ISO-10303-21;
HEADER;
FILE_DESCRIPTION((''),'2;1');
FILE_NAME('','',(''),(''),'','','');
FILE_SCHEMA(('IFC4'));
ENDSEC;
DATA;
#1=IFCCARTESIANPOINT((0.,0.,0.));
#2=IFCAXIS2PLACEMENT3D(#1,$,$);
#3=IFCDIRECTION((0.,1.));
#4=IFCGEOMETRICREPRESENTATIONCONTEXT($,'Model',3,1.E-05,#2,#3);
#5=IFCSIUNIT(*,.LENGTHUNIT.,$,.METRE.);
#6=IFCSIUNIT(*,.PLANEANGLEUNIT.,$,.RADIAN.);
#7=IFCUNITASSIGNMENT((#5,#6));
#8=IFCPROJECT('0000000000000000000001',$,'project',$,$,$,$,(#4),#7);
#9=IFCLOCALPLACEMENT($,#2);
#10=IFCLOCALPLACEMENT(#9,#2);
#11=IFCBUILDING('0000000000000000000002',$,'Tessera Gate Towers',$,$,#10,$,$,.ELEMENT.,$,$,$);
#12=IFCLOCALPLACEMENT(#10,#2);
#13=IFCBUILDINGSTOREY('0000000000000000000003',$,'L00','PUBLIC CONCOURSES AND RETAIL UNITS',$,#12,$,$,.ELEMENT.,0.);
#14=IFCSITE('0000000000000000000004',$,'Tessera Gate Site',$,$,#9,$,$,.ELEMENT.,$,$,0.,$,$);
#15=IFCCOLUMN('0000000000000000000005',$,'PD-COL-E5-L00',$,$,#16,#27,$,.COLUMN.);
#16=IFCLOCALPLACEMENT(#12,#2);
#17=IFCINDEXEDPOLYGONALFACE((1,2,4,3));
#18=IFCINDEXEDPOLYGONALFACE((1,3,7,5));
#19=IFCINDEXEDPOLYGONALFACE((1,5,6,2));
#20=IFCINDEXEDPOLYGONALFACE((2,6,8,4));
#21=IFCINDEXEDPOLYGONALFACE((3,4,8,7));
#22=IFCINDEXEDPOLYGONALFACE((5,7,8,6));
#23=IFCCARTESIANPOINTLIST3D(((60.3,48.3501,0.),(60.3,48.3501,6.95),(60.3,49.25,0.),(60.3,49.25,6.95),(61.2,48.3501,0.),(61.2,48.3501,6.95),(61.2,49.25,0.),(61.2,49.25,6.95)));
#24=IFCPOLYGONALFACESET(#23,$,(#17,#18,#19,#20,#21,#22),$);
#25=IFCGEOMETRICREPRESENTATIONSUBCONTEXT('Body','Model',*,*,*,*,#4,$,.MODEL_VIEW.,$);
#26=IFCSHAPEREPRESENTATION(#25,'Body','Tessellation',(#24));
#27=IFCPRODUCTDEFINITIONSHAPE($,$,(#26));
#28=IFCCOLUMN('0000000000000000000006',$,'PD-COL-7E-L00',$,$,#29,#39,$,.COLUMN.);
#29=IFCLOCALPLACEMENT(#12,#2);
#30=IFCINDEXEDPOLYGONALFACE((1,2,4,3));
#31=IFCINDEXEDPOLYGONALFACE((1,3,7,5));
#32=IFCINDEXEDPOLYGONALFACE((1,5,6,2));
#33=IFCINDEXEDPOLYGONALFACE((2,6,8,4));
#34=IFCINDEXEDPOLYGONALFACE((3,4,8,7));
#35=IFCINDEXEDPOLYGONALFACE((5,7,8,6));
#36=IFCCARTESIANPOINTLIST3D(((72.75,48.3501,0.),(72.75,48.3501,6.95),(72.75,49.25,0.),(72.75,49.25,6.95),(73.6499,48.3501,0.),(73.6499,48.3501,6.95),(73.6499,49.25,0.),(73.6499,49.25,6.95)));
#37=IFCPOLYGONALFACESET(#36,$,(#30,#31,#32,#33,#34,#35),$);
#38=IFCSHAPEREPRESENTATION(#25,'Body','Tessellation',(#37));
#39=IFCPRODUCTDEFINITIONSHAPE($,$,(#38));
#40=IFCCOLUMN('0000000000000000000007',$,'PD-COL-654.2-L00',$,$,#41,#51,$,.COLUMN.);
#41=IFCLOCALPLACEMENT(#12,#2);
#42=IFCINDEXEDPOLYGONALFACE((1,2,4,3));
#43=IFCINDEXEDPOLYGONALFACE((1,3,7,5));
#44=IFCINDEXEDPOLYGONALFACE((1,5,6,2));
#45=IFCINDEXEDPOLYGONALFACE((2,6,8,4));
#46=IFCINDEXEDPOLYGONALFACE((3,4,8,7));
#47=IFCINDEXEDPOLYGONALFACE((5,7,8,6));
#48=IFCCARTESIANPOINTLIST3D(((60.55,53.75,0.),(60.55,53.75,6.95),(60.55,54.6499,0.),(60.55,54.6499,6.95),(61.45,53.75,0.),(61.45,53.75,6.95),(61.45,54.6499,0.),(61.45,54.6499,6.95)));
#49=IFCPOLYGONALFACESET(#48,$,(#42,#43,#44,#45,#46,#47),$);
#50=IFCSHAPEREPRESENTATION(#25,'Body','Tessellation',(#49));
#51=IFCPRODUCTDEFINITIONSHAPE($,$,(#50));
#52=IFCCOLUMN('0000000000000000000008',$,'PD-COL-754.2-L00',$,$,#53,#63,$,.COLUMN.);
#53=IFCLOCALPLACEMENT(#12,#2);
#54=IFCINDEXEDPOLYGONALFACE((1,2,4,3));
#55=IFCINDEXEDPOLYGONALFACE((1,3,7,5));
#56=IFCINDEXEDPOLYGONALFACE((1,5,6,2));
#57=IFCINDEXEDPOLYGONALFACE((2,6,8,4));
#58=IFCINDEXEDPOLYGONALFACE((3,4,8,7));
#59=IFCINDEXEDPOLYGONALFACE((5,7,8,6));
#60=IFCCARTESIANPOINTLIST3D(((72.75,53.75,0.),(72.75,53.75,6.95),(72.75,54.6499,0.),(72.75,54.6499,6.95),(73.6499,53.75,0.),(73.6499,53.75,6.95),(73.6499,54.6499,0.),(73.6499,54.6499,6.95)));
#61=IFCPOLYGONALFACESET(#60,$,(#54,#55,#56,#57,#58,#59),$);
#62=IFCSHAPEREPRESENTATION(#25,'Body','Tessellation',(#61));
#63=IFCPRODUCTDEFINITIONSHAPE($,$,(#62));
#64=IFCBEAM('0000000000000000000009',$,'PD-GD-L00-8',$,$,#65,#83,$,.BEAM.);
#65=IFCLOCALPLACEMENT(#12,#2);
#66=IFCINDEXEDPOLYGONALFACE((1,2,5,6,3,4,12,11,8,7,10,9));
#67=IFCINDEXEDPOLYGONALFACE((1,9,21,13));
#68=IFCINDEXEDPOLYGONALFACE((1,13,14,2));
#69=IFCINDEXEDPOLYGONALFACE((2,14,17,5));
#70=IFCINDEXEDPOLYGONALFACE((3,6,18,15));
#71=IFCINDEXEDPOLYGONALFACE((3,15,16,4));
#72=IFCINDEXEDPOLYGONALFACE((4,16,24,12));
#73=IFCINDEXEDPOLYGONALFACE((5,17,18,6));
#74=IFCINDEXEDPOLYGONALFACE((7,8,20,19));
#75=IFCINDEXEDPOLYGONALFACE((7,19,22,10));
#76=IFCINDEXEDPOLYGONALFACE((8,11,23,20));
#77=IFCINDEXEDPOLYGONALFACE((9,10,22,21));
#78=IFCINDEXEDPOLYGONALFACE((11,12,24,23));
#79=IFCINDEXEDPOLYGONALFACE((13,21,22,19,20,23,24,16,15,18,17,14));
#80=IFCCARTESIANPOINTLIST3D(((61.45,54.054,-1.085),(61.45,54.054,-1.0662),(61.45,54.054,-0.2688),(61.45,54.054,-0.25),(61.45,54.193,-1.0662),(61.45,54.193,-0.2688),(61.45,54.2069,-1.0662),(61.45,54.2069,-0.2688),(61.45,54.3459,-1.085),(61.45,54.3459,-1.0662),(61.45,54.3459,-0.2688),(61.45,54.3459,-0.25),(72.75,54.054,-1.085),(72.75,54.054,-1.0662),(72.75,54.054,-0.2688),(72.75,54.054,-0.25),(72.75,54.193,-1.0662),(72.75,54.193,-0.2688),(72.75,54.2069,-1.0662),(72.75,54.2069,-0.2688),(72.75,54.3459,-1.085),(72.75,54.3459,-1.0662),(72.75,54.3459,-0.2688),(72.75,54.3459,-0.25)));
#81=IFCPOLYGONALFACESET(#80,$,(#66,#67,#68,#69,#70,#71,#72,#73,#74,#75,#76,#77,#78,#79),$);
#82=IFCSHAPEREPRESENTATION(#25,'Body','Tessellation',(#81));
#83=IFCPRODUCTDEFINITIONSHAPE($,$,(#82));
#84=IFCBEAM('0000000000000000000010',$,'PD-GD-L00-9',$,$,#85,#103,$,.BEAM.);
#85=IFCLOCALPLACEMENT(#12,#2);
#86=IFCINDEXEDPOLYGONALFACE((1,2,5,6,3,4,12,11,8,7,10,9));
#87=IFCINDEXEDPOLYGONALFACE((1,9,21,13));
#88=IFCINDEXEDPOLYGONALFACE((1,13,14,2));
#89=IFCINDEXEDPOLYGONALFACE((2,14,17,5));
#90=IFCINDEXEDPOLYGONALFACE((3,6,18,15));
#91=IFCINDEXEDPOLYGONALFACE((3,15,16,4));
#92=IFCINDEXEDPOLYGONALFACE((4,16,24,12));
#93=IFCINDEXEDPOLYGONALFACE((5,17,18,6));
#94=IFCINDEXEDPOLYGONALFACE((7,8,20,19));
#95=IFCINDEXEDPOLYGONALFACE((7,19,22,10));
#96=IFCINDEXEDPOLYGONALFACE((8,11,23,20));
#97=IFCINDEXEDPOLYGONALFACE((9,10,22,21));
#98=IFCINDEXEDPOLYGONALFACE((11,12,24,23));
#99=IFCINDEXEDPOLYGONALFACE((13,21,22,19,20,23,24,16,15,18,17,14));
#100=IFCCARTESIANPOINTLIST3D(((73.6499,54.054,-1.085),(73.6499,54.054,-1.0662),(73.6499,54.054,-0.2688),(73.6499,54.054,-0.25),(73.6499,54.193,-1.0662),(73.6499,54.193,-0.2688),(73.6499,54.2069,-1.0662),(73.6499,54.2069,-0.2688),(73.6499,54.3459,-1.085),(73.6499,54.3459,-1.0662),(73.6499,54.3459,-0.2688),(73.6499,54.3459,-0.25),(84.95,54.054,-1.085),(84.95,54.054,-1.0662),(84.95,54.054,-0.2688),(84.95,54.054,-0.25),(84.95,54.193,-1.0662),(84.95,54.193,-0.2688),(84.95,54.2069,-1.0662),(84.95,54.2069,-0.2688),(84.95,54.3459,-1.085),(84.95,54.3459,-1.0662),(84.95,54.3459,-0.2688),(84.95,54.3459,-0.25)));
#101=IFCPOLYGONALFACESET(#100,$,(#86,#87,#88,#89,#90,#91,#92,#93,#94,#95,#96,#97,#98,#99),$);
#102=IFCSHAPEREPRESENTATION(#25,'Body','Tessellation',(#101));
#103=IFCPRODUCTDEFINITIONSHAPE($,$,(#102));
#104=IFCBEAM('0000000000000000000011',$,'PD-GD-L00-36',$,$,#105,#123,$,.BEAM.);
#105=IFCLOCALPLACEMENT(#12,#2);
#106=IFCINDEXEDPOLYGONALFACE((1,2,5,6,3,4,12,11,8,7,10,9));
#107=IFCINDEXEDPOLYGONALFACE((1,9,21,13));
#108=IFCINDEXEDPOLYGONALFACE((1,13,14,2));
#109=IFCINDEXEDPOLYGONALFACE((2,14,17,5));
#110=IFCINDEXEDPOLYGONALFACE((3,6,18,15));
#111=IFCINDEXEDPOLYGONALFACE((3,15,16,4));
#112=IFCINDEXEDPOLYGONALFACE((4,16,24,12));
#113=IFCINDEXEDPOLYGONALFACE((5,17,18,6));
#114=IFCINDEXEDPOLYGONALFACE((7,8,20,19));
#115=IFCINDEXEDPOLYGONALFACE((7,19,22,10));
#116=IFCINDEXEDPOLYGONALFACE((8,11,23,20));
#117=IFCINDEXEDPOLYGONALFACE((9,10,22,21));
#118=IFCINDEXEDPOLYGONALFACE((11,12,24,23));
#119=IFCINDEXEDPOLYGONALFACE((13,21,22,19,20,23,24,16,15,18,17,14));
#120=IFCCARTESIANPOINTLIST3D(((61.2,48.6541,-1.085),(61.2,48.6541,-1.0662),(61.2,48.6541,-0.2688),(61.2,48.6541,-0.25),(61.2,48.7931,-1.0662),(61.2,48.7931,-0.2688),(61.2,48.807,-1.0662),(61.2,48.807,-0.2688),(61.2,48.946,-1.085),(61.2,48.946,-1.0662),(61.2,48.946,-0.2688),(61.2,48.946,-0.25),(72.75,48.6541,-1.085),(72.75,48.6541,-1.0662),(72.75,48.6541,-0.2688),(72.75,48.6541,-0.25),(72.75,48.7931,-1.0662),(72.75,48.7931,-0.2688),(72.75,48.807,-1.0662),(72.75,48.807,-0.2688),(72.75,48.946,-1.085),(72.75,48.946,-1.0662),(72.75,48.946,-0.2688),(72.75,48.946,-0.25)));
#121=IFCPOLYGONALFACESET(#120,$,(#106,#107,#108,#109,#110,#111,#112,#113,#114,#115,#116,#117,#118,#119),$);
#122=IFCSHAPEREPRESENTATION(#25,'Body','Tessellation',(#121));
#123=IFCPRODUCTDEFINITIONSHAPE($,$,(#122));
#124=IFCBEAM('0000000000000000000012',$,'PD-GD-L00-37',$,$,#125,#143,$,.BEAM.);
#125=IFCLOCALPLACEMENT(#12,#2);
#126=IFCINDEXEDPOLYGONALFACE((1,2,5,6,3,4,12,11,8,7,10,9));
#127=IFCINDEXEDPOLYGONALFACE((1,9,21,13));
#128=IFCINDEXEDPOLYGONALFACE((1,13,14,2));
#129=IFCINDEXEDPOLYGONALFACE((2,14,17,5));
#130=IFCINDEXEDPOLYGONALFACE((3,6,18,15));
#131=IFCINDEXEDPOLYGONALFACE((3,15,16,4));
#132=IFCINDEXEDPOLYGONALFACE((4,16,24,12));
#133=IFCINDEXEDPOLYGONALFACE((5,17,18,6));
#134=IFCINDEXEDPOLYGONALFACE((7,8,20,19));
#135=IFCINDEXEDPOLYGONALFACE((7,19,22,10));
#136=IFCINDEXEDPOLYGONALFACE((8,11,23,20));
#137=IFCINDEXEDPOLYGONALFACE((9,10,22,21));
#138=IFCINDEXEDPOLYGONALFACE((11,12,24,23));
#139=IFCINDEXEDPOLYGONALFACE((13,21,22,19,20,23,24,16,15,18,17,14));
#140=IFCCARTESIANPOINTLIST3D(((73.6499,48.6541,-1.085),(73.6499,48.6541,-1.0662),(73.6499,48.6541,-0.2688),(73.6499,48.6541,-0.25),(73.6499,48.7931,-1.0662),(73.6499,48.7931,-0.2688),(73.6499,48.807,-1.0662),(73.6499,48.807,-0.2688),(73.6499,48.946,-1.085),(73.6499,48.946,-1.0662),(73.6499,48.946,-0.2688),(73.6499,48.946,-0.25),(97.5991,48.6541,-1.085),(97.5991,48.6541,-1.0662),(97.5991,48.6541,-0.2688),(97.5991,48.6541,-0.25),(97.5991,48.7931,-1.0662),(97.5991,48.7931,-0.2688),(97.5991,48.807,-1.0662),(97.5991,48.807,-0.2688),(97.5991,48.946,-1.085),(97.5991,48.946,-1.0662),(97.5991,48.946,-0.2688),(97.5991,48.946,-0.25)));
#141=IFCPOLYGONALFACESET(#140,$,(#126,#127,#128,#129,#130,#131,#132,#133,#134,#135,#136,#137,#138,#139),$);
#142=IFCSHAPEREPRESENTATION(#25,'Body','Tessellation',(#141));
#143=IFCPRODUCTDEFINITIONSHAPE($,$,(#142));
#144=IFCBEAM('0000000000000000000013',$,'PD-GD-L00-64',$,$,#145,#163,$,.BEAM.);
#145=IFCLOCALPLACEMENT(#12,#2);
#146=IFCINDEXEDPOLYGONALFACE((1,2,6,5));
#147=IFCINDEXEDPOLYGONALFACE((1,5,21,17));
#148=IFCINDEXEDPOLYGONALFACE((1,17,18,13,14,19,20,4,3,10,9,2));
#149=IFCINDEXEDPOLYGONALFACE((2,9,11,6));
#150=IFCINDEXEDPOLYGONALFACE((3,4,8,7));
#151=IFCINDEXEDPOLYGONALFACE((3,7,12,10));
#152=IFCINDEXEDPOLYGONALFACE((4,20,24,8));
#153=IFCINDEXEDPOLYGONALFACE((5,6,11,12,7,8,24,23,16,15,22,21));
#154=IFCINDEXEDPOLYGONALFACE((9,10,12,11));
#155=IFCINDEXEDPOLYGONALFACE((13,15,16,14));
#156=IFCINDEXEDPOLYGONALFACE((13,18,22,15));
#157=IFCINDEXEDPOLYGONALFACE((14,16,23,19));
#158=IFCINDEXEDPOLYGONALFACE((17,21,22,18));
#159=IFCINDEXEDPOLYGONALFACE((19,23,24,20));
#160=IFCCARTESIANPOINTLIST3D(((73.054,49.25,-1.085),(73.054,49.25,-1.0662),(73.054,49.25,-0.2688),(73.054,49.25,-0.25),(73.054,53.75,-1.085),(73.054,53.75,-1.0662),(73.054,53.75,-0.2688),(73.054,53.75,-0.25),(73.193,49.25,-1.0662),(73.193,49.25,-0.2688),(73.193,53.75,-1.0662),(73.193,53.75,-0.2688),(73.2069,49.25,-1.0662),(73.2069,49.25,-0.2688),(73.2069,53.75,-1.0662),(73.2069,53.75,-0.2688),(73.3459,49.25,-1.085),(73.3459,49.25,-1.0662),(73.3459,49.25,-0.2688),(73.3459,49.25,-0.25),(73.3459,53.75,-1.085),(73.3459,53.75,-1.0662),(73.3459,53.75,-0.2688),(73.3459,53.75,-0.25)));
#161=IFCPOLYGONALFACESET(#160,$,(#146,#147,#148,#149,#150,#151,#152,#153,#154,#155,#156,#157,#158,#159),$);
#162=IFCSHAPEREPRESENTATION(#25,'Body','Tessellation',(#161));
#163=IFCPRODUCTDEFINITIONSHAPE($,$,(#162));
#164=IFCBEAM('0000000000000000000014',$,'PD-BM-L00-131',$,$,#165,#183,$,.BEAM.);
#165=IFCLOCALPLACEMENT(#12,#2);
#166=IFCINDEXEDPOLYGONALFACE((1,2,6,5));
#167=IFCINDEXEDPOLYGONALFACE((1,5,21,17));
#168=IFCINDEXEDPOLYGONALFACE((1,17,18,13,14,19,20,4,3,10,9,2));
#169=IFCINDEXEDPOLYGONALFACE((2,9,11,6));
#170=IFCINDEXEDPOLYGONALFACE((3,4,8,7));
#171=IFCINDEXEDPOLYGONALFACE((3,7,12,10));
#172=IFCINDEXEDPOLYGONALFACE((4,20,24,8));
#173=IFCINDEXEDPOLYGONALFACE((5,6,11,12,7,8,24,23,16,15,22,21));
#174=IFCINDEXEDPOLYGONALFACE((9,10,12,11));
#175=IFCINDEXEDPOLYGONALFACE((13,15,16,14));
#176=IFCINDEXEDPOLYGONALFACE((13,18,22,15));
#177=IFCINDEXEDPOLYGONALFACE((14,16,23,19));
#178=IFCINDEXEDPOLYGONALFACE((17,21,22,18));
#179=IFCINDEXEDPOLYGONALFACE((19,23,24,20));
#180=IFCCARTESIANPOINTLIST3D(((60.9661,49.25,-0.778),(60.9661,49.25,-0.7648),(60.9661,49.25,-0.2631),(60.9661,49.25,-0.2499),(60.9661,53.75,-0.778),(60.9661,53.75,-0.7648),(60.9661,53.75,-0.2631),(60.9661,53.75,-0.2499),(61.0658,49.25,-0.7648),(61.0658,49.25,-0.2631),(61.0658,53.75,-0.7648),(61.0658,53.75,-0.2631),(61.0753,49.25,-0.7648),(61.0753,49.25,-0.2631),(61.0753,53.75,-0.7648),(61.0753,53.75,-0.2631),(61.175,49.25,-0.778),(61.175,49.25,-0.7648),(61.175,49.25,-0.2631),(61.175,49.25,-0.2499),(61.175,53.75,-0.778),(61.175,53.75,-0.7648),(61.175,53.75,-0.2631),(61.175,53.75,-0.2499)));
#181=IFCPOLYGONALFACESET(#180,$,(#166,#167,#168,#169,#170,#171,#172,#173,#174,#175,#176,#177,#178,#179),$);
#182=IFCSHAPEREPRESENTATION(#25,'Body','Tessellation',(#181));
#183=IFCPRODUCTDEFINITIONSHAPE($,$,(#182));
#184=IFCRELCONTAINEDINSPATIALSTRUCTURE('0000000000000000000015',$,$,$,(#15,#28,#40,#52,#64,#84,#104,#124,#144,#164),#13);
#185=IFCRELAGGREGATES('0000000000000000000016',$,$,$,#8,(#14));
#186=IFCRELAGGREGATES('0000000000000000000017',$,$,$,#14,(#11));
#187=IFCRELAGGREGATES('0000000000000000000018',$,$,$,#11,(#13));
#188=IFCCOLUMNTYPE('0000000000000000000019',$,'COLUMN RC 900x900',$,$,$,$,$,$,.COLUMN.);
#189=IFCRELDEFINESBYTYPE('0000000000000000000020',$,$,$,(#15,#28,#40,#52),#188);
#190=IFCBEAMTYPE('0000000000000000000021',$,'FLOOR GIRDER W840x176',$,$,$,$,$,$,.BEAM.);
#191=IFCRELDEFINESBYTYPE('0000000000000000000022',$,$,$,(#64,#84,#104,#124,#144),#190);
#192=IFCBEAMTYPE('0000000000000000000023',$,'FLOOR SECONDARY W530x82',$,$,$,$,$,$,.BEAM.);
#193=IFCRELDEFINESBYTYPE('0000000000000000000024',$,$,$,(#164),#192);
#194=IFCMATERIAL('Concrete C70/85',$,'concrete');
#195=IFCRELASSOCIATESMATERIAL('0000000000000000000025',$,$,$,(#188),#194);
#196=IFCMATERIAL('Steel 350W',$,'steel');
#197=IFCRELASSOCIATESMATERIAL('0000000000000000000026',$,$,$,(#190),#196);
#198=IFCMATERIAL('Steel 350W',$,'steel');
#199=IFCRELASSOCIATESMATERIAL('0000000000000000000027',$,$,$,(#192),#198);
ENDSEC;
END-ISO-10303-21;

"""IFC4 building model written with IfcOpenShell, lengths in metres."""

from ifc_helpers import new_model, si_unit, direction, frame, origin, origin_2d, place, context, subcontext, project, spatial, rectangle, i_section, extrude, material, material_profile, profile_set, type_object, element, save


model = new_model("IFC4")

# Units and contexts
model_context = context("Model", 3, precision=1e-05, world=origin(), true_north=direction((0.0, 1.0)))
body_context = subcontext(model_context, "Body", "Model", "MODEL_VIEW")
ifc_project = project(units=[si_unit("LENGTHUNIT", "METRE"), si_unit("PLANEANGLEUNIT", "RADIAN")], contexts=[model_context])

# Site, building, storey
site_placement = place(None, origin())
site = spatial("IfcSite", under=ifc_project, at=site_placement, Name="Tessera Gate Site", CompositionType="ELEMENT", RefElevation=0.0)
building_placement = place(site_placement, origin())
building = spatial("IfcBuilding", under=site, at=building_placement, Name="Tessera Gate Towers", CompositionType="ELEMENT")
storey_placement = place(building_placement, origin())
storey = spatial("IfcBuildingStorey", under=building, at=storey_placement, Name="L00", Description="PUBLIC CONCOURSES AND RETAIL UNITS", CompositionType="ELEMENT", Elevation=0.0)

# Columns
ifc_material_1 = material(Name="Concrete C70/85", Category="concrete")
ifc_material_profile_1 = material_profile(ifc_material_1, rectangle(XDim=0.8999, YDim=0.8999, at=origin_2d()), Name="RC 900x900")
ifc_profile_set_1 = profile_set([ifc_material_profile_1], Name="Concrete C70/85")
column_type = type_object("IfcColumnType", Name="COLUMN RC 900x900", PredefinedType="COLUMN", material=ifc_profile_set_1)
for number, where, z_axis, x_axis, name in (
    (1, (60.75, 48.8, 0.0), (0.0, 0.0, 1.0), (1.0, 0.0, 0.0), "PD-COL-E5-L00"),
    (2, (73.2, 48.8, 0.0), (0.0, 0.0, 1.0), (1.0, 0.0, 0.0), "PD-COL-7E-L00"),
    (3, (61.0, 54.2, 0.0), (0.0, 0.0, 1.0), (1.0, 0.0, 0.0), "PD-COL-654.2-L00"),
    (4, (73.2, 54.2, 0.0), (0.0, 0.0, 1.0), (1.0, 0.0, 0.0), "PD-COL-754.2-L00"),
):
    element("IfcColumn", number, at=place(storey_placement, frame(where, z_axis=z_axis, x_axis=x_axis)), inside=storey, type_object=column_type, Name=name, PredefinedType="COLUMN", context=body_context, shape_type="SweptSolid", body=[
        extrude(rectangle(XDim=0.8999, YDim=0.8999, at=origin_2d()), origin(), (0.0, 0.0, 1.0), 6.95),
    ])

# Beams
ifc_material_2 = material(Name="Steel 350W", Category="steel")
ifc_material_profile_2 = material_profile(ifc_material_2, i_section(OverallWidth=0.292, OverallDepth=0.835, WebThickness=0.0139, FlangeThickness=0.0188, at=origin_2d()), Name="W840x176")
ifc_profile_set_2 = profile_set([ifc_material_profile_2], Name="Steel 350W")
beam_type_1 = type_object("IfcBeamType", Name="FLOOR GIRDER W840x176", PredefinedType="BEAM", material=ifc_profile_set_2)
for number, where, z_axis, x_axis, name in (
    (5, (61.45, 54.2, -0.6675), (1.0, 0.0, 0.0), (0.0, 1.0, 0.0), "PD-GD-L00-8"),
    (6, (73.6499, 54.2, -0.6675), (1.0, 0.0, 0.0), (0.0, 1.0, 0.0), "PD-GD-L00-9"),
):
    element("IfcBeam", number, at=place(storey_placement, frame(where, z_axis=z_axis, x_axis=x_axis)), inside=storey, type_object=beam_type_1, Name=name, PredefinedType="BEAM", context=body_context, shape_type="SweptSolid", body=[
        extrude(i_section(OverallWidth=0.292, OverallDepth=0.835, WebThickness=0.0139, FlangeThickness=0.0188, at=origin_2d()), origin(), (0.0, 0.0, 1.0), 11.3),
    ])
beam_1_placement = place(storey_placement, frame((61.2, 48.8, -0.6675), z_axis=(1.0, 0.0, 0.0), x_axis=(0.0, 1.0, 0.0)))
element("IfcBeam", 7, at=beam_1_placement, inside=storey, type_object=beam_type_1, Name="PD-GD-L00-36", PredefinedType="BEAM", context=body_context, shape_type="SweptSolid", body=[
    extrude(i_section(OverallWidth=0.292, OverallDepth=0.835, WebThickness=0.0139, FlangeThickness=0.0188, at=origin_2d()), origin(), (0.0, 0.0, 1.0), 11.55),
])
beam_2_placement = place(storey_placement, frame((73.6499, 48.8, -0.6675), z_axis=(1.0, 0.0, 0.0), x_axis=(0.0, 1.0, 0.0)))
element("IfcBeam", 8, at=beam_2_placement, inside=storey, type_object=beam_type_1, Name="PD-GD-L00-37", PredefinedType="BEAM", context=body_context, shape_type="SweptSolid", body=[
    extrude(i_section(OverallWidth=0.292, OverallDepth=0.835, WebThickness=0.0139, FlangeThickness=0.0188, at=origin_2d()), origin(), (0.0, 0.0, 1.0), 23.9492),
])
beam_3_placement = place(storey_placement, frame((73.2, 49.25, -0.6675), z_axis=(0.0, 1.0, 0.0), x_axis=(-1.0, 0.0, 0.0)))
element("IfcBeam", 9, at=beam_3_placement, inside=storey, type_object=beam_type_1, Name="PD-GD-L00-64", PredefinedType="BEAM", context=body_context, shape_type="SweptSolid", body=[
    extrude(i_section(OverallWidth=0.292, OverallDepth=0.835, WebThickness=0.0139, FlangeThickness=0.0188, at=origin_2d()), origin(), (0.0, 0.0, 1.0), 4.5),
])
ifc_material_3 = material(Name="Steel 350W", Category="steel")
ifc_material_profile_3 = material_profile(ifc_material_3, i_section(OverallWidth=0.209, OverallDepth=0.5281, WebThickness=0.0095, FlangeThickness=0.0132, at=origin_2d()), Name="W530x82")
ifc_profile_set_3 = profile_set([ifc_material_profile_3], Name="Steel 350W")
beam_type_2 = type_object("IfcBeamType", Name="FLOOR SECONDARY W530x82", PredefinedType="BEAM", material=ifc_profile_set_3)
beam_4_placement = place(storey_placement, frame((61.0706, 49.25, -0.5139), z_axis=(0.0, 1.0, 0.0), x_axis=(-1.0, 0.0, 0.0)))
element("IfcBeam", 10, at=beam_4_placement, inside=storey, type_object=beam_type_2, Name="PD-BM-L00-131", PredefinedType="BEAM", context=body_context, shape_type="SweptSolid", body=[
    extrude(i_section(OverallWidth=0.209, OverallDepth=0.5281, WebThickness=0.0095, FlangeThickness=0.0132, at=origin_2d()), origin(), (0.0, 0.0, 1.0), 4.5),
])

save(model, "model.ifc")
